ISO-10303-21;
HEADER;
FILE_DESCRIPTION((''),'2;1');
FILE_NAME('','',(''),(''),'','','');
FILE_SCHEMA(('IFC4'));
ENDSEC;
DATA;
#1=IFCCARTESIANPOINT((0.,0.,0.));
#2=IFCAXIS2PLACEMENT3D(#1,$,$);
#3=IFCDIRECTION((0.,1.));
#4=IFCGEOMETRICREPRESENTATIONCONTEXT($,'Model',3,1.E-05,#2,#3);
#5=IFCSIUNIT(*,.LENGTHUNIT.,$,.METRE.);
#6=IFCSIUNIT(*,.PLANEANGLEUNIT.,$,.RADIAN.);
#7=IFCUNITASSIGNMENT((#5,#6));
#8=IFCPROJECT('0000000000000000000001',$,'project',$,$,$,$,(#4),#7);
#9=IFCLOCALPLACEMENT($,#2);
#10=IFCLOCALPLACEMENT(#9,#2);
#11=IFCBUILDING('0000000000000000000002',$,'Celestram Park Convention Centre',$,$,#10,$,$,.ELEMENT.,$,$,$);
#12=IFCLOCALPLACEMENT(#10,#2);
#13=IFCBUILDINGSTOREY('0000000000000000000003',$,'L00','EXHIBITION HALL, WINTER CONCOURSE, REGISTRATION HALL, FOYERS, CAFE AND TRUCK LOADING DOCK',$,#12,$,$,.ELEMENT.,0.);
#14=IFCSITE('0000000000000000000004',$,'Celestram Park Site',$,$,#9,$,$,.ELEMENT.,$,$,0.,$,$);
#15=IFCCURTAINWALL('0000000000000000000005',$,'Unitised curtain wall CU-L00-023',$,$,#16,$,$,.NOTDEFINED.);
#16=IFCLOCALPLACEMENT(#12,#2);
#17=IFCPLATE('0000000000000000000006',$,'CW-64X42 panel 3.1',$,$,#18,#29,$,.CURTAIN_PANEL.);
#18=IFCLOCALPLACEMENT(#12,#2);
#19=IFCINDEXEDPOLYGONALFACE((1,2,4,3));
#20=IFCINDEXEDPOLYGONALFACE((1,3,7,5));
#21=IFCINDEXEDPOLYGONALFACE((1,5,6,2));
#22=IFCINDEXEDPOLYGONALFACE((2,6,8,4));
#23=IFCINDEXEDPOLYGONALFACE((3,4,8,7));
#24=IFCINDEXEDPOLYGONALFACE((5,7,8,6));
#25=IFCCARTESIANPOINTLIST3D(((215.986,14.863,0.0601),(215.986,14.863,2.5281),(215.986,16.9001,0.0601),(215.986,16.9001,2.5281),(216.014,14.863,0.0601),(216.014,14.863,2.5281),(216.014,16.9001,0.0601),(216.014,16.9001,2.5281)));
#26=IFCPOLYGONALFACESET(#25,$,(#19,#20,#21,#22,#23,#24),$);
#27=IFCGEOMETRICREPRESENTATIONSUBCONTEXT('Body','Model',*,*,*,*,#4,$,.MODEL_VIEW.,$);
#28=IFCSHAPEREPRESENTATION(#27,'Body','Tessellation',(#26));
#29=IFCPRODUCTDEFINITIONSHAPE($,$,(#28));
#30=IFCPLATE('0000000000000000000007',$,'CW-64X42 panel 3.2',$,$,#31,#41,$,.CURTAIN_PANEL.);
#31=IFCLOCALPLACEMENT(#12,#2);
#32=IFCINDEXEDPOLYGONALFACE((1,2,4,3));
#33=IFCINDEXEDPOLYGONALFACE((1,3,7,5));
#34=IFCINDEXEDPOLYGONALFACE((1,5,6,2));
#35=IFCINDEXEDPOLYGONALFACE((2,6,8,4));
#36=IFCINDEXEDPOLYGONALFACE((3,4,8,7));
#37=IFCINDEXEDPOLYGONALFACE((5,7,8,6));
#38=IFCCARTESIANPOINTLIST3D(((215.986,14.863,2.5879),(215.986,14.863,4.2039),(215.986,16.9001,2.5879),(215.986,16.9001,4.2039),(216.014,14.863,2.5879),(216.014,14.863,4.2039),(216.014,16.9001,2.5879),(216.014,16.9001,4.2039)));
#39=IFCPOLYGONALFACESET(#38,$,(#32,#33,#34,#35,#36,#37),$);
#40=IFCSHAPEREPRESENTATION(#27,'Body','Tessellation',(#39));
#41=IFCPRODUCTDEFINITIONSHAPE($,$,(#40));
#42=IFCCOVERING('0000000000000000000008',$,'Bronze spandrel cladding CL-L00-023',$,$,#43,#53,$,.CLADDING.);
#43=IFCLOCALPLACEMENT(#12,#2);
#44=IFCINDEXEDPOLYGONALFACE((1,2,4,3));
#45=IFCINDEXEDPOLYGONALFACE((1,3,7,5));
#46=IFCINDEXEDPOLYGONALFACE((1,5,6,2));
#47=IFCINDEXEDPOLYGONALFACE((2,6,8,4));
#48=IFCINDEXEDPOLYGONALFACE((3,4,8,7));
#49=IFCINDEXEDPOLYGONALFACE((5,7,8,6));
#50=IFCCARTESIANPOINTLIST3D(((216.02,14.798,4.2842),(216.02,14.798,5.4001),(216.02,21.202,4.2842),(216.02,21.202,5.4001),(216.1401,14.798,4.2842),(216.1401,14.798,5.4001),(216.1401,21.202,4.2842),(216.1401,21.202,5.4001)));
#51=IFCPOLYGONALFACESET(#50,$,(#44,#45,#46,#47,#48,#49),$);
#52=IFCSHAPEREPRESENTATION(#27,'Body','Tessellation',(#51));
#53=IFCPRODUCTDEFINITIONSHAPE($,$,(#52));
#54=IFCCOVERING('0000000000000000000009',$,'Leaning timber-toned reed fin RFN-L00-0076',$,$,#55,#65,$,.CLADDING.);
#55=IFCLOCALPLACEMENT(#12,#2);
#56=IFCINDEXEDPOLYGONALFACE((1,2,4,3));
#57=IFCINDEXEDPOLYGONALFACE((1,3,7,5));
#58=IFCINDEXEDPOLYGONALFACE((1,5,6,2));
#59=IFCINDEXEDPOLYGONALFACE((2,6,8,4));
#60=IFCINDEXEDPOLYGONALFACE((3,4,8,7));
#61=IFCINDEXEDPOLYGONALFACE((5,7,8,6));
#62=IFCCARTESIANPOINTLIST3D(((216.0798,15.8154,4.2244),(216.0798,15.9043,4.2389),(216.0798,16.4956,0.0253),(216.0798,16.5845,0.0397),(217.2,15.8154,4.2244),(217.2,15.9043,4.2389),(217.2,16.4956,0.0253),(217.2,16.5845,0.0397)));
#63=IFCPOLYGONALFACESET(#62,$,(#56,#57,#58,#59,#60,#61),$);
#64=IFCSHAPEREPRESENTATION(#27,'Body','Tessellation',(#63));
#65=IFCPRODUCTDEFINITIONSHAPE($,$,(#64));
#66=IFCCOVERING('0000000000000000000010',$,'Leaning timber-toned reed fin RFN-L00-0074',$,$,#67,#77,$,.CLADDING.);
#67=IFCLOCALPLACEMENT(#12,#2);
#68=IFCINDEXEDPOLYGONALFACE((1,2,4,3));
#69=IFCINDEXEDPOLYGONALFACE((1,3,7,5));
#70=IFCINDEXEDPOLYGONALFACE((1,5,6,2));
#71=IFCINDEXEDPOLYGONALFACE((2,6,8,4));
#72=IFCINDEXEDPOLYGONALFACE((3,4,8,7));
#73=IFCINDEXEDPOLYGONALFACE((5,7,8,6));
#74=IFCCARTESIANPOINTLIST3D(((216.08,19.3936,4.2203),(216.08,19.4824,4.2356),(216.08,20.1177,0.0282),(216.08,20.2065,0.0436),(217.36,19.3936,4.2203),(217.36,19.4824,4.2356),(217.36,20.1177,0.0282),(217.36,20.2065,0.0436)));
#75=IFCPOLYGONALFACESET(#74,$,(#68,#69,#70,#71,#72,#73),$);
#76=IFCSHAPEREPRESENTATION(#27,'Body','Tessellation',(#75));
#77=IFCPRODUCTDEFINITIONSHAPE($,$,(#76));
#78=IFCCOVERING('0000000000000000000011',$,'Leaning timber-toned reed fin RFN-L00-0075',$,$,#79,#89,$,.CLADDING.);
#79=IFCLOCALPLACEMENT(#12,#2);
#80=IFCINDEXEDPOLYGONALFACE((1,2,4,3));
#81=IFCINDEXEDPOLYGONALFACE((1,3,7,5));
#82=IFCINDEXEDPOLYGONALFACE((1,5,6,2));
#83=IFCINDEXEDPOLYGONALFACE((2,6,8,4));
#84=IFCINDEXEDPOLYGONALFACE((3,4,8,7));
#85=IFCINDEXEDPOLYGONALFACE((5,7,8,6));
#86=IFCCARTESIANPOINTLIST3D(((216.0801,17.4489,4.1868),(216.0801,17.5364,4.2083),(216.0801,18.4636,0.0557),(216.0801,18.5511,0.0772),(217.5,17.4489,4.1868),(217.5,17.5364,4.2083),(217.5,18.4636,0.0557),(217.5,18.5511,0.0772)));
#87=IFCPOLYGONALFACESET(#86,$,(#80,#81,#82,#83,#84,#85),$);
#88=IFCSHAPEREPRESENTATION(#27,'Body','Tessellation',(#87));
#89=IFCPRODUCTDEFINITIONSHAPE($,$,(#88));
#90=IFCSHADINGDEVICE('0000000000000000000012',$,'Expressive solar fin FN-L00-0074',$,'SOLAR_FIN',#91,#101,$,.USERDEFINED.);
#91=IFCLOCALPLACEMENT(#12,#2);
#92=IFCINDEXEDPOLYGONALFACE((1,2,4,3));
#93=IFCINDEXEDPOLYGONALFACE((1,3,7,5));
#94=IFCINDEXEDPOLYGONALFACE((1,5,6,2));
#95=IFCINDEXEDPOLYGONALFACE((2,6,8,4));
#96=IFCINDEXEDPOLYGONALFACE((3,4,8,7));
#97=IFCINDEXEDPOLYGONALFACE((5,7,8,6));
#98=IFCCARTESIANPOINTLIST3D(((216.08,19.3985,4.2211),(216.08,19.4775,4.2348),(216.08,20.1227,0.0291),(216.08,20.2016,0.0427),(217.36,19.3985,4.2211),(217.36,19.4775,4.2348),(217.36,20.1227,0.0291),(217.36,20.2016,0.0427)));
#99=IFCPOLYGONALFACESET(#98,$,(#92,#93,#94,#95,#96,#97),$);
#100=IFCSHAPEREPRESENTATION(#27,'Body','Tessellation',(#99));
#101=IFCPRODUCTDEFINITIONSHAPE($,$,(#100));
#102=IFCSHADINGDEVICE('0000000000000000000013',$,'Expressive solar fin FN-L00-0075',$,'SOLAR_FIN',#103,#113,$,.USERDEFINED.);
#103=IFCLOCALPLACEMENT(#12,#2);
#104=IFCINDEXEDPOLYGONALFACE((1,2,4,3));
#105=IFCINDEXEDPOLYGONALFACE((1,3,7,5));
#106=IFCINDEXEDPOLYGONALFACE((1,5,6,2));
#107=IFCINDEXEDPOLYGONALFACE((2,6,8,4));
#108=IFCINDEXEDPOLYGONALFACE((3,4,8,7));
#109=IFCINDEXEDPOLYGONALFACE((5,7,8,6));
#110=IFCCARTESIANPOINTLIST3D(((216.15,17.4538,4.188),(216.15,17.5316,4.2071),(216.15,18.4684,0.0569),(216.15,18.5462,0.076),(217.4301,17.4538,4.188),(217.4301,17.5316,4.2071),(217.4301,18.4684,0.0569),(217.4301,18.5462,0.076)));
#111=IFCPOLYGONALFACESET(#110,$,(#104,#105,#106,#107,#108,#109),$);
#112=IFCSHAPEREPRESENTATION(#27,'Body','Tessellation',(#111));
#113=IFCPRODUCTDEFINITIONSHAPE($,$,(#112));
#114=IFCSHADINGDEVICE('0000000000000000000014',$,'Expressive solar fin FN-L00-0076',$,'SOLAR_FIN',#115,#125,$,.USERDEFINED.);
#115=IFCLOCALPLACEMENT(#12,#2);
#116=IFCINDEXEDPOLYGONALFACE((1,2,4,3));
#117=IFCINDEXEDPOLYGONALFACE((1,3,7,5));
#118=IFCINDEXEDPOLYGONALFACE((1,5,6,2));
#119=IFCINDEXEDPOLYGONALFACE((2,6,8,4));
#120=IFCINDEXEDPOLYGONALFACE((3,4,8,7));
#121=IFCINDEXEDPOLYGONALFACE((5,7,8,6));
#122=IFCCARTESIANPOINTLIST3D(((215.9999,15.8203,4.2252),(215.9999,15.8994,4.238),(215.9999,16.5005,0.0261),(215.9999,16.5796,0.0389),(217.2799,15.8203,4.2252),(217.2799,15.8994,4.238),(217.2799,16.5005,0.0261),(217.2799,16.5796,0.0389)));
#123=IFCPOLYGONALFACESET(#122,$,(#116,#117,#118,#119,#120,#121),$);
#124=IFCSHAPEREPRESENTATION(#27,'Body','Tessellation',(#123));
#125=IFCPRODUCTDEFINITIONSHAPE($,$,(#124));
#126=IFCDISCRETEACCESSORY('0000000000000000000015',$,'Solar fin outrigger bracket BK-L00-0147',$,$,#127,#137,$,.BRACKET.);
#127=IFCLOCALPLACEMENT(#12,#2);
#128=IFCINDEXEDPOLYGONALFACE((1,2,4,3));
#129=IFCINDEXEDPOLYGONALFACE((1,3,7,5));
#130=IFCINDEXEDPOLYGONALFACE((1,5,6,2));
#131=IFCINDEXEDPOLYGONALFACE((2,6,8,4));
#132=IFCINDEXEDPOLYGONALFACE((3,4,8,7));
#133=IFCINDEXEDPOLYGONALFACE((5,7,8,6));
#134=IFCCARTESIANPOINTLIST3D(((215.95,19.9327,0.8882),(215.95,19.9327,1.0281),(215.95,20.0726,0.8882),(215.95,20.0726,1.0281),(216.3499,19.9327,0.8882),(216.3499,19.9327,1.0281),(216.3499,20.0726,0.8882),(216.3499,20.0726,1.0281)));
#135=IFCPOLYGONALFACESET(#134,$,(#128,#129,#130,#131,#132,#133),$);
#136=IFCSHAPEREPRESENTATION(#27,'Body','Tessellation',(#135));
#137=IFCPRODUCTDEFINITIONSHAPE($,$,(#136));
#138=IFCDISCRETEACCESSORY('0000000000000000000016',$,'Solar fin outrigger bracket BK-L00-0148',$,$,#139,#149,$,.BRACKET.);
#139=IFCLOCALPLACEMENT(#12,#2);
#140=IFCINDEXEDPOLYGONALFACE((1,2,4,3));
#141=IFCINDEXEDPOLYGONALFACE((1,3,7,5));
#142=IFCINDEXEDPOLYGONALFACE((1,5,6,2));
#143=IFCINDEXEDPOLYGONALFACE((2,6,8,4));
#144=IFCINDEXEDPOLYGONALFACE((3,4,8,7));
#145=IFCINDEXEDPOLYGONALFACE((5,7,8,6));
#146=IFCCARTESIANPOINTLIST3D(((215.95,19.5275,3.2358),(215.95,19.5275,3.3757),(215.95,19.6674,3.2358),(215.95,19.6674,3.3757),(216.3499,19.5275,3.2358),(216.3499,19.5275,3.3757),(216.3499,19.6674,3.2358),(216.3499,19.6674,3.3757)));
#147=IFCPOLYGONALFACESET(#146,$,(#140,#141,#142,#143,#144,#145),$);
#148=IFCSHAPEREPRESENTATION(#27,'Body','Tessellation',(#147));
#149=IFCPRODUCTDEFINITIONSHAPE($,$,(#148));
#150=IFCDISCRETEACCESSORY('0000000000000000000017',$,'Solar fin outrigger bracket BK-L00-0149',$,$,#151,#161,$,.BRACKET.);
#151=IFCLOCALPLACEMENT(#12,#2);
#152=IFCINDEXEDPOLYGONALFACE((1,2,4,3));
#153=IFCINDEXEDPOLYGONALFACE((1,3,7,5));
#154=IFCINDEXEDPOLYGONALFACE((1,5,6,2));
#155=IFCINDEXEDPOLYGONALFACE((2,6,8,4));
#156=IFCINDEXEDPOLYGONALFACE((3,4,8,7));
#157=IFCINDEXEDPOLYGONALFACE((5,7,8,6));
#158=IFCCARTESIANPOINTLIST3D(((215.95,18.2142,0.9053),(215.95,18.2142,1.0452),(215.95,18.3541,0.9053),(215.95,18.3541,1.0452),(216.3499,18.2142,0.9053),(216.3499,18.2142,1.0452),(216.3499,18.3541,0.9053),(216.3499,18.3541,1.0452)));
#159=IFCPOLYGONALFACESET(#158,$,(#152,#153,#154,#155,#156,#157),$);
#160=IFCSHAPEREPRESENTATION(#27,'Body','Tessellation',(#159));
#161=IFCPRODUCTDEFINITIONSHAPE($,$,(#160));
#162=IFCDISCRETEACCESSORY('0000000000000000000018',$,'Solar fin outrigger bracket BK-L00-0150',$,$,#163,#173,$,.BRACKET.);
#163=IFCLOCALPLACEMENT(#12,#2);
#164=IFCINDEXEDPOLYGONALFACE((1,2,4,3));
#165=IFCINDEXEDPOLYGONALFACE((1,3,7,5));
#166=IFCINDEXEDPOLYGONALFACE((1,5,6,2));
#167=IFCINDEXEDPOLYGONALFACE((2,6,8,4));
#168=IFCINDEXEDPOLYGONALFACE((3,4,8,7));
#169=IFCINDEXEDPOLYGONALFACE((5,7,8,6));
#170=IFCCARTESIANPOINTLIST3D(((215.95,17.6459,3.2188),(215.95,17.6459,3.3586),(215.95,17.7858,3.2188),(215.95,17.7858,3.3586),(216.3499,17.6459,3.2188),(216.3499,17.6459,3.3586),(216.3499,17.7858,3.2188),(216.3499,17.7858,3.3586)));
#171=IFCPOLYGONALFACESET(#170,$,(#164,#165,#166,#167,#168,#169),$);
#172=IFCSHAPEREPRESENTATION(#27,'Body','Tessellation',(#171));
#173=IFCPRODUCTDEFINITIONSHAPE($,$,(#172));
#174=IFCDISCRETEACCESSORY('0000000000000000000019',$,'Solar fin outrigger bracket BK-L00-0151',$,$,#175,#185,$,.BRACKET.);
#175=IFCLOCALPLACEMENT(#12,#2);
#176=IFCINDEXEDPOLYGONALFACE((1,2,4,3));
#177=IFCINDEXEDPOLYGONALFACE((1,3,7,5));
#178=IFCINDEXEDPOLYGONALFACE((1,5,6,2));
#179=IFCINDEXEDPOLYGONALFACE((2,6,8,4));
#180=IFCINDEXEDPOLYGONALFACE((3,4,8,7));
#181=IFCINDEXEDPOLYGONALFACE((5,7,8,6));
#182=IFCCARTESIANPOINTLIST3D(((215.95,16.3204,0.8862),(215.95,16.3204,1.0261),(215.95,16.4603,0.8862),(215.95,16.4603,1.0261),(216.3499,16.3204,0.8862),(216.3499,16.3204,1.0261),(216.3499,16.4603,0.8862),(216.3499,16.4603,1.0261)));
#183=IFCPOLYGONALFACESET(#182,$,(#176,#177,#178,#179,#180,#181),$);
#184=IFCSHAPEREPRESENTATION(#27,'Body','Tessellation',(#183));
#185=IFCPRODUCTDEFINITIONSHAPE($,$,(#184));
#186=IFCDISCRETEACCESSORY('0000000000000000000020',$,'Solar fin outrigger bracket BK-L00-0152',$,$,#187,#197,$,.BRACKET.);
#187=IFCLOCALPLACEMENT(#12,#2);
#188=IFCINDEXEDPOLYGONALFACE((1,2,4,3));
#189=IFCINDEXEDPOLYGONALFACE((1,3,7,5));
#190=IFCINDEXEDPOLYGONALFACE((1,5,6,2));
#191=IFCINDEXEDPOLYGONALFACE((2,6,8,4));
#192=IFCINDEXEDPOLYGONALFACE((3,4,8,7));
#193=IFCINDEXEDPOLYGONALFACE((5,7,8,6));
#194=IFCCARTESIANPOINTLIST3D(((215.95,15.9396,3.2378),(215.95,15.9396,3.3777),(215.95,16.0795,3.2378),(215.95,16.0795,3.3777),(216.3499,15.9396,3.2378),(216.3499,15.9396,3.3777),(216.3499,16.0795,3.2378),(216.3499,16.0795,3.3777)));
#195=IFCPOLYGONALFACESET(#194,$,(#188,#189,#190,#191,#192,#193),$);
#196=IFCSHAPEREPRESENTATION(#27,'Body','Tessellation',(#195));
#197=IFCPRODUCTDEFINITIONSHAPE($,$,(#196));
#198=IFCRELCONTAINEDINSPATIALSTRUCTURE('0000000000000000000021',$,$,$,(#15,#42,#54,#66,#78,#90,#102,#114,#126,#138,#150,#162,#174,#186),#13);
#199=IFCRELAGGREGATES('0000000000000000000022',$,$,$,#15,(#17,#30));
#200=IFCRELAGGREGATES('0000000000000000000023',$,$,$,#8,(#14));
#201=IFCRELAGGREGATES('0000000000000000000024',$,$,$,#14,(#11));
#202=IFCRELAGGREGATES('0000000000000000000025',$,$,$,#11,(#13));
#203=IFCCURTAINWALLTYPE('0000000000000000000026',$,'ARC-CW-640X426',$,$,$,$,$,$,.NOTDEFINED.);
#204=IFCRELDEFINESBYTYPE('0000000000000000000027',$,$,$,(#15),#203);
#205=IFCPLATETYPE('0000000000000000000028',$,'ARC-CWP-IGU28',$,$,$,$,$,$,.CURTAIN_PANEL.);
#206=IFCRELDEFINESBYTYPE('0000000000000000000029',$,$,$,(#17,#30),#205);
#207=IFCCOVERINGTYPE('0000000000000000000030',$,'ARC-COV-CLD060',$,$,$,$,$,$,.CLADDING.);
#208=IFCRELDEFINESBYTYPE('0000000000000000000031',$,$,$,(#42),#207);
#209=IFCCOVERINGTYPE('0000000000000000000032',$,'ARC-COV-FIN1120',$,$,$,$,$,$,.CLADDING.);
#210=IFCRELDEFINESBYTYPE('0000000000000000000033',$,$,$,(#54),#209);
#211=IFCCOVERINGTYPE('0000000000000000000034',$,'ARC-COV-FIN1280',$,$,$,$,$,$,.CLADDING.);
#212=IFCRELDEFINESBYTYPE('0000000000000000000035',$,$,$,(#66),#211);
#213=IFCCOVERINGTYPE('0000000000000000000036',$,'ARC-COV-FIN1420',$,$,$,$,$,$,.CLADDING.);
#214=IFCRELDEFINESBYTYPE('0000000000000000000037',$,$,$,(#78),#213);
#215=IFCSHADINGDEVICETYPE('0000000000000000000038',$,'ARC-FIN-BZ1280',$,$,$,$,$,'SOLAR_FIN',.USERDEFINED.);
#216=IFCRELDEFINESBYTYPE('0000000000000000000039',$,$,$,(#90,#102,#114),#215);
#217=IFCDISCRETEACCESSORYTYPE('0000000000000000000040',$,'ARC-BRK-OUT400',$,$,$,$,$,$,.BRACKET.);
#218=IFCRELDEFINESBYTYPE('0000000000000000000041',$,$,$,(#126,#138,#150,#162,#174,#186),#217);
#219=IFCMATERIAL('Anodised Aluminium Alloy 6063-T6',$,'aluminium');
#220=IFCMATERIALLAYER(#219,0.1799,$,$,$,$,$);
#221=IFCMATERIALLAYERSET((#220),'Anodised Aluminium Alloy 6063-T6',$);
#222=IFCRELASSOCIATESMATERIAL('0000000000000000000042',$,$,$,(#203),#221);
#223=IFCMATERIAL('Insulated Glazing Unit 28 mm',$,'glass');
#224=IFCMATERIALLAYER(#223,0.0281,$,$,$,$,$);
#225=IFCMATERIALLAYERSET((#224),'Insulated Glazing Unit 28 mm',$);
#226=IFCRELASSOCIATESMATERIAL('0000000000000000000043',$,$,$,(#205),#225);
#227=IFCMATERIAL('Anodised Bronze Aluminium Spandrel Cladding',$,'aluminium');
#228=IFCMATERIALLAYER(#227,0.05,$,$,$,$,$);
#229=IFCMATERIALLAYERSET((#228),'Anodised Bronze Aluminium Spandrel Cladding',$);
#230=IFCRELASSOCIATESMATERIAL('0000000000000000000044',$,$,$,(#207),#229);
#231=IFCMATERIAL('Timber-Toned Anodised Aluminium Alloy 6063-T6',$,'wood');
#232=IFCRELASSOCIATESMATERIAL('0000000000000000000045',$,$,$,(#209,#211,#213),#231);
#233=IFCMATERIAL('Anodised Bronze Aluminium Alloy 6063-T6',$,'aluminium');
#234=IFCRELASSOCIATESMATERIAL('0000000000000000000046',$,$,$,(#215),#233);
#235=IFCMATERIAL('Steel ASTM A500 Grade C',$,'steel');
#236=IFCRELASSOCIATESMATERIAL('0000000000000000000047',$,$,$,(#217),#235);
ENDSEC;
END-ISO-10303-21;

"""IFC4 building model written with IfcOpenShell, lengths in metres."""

from ifc_helpers import new_model, si_unit, direction, frame, origin, origin_2d, place, context, subcontext, project, spatial, rectangle, extrude, material, layer, layer_set, material_profile, profile_set, type_object, element, aggregate, save


model = new_model("IFC4")

# Units and contexts
model_context = context("Model", 3, precision=1e-05, world=origin(), true_north=direction((0.0, 1.0)))
body_context = subcontext(model_context, "Body", "Model", "MODEL_VIEW")
ifc_project = project(units=[si_unit("LENGTHUNIT", "METRE"), si_unit("PLANEANGLEUNIT", "RADIAN")], contexts=[model_context])

# Site, building, storey
site_placement = place(None, origin())
site = spatial("IfcSite", under=ifc_project, at=site_placement, Name="Celestram Park Site", CompositionType="ELEMENT", RefElevation=0.0)
building_placement = place(site_placement, origin())
building = spatial("IfcBuilding", under=site, at=building_placement, Name="Celestram Park Convention Centre", CompositionType="ELEMENT")
storey_placement = place(building_placement, origin())
storey = spatial("IfcBuildingStorey", under=building, at=storey_placement, Name="L00", Description="EXHIBITION HALL, WINTER CONCOURSE, REGISTRATION HALL, FOYERS, CAFE AND TRUCK LOADING DOCK", CompositionType="ELEMENT", Elevation=0.0)

# Curtain wall, plates
ifc_material_1 = material(Name="Anodised Aluminium Alloy 6063-T6", Category="aluminium")
ifc_layer_1 = layer(ifc_material_1, 0.1799)
ifc_layer_set_1 = layer_set([ifc_layer_1], Name="Anodised Aluminium Alloy 6063-T6")
curtain_wall_type = type_object("IfcCurtainWallType", Name="ARC-CW-640X426", PredefinedType="NOTDEFINED", material=ifc_layer_set_1)
curtain_wall_placement = place(storey_placement, origin())
curtain_wall = element("IfcCurtainWall", 1, at=curtain_wall_placement, inside=storey, type_object=curtain_wall_type, Name="Unitised curtain wall CU-L00-023", PredefinedType="NOTDEFINED")
ifc_material_2 = material(Name="Insulated Glazing Unit 28 mm", Category="glass")
ifc_layer_2 = layer(ifc_material_2, 0.0281)
ifc_layer_set_2 = layer_set([ifc_layer_2], Name="Insulated Glazing Unit 28 mm")
plate_type = type_object("IfcPlateType", Name="ARC-CWP-IGU28", PredefinedType="CURTAIN_PANEL", material=ifc_layer_set_2)
plate_1_placement = place(storey_placement, frame((216.0, 15.8816, 0.0601), z_axis=(0.0, 0.0, 1.0), x_axis=(0.0, -1.0, 0.0)))
plate_1 = element("IfcPlate", 2, at=plate_1_placement, type_object=plate_type, Name="CW-64X42 panel 3.1", PredefinedType="CURTAIN_PANEL", context=body_context, shape_type="SweptSolid", body=[
    extrude(rectangle(XDim=2.0371, YDim=0.0281, at=origin_2d()), origin(), (0.0, 0.0, 1.0), 2.468),
])
plate_2_placement = place(storey_placement, frame((216.0, 15.8816, 2.5879), z_axis=(0.0, 0.0, 1.0), x_axis=(0.0, -1.0, 0.0)))
plate_2 = element("IfcPlate", 3, at=plate_2_placement, type_object=plate_type, Name="CW-64X42 panel 3.2", PredefinedType="CURTAIN_PANEL", context=body_context, shape_type="SweptSolid", body=[
    extrude(rectangle(XDim=2.0371, YDim=0.0281, at=origin_2d()), origin(), (0.0, 0.0, 1.0), 1.616),
])
aggregate(curtain_wall, [plate_1, plate_2])

# Coverings
ifc_material_3 = material(Name="Anodised Bronze Aluminium Spandrel Cladding", Category="aluminium")
ifc_layer_3 = layer(ifc_material_3, 0.05)
ifc_layer_set_3 = layer_set([ifc_layer_3], Name="Anodised Bronze Aluminium Spandrel Cladding")
covering_type_1 = type_object("IfcCoveringType", Name="ARC-COV-CLD060", PredefinedType="CLADDING", material=ifc_layer_set_3)
covering_1_placement = place(storey_placement, frame((216.0801, 18.0, 4.2842), z_axis=(0.0, 0.0, 1.0), x_axis=(0.0, -1.0, 0.0)))
element("IfcCovering", 4, at=covering_1_placement, inside=storey, type_object=covering_type_1, Name="Bronze spandrel cladding CL-L00-023", PredefinedType="CLADDING", context=body_context, shape_type="SweptSolid", body=[
    extrude(rectangle(XDim=6.4041, YDim=0.1201, at=origin_2d()), origin(), (0.0, 0.0, 1.0), 1.116),
])
ifc_material_4 = material(Name="Timber-Toned Anodised Aluminium Alloy 6063-T6", Category="wood")
ifc_material_profile_1 = material_profile(ifc_material_4, rectangle(XDim=1.1201, YDim=0.0901, at=origin_2d()), Name="REED1120X90")
ifc_profile_set_1 = profile_set([ifc_material_profile_1], Name="Timber-Toned Anodised Aluminium Alloy 6063-T6")
covering_type_2 = type_object("IfcCoveringType", Name="ARC-COV-FIN1120", PredefinedType="CLADDING", material=ifc_profile_set_1)
covering_2_placement = place(storey_placement, frame((216.6399, 16.54, 0.0325), z_axis=(0.0, -0.159893, 0.987134), x_axis=(1.0, 0.0, 0.0)))
element("IfcCovering", 5, at=covering_2_placement, inside=storey, type_object=covering_type_2, Name="Leaning timber-toned reed fin RFN-L00-0076", PredefinedType="CLADDING", context=body_context, shape_type="SweptSolid", body=[
    extrude(rectangle(XDim=1.1201, YDim=0.0901, at=origin_2d()), origin(), (0.0, 0.0, 1.0), 4.2539),
])
ifc_material_profile_2 = material_profile(ifc_material_4, rectangle(XDim=1.28, YDim=0.0901, at=origin_2d()), Name="REED1280X90")
ifc_profile_set_2 = profile_set([ifc_material_profile_2], Name="Timber-Toned Anodised Aluminium Alloy 6063-T6")
covering_type_3 = type_object("IfcCoveringType", Name="ARC-COV-FIN1280", PredefinedType="CLADDING", material=ifc_profile_set_2)
covering_3_placement = place(storey_placement, frame((216.72, 20.1621, 0.0359), z_axis=(0.0, -0.170212, 0.985407), x_axis=(1.0, 0.0, 0.0)))
element("IfcCovering", 6, at=covering_3_placement, inside=storey, type_object=covering_type_3, Name="Leaning timber-toned reed fin RFN-L00-0074", PredefinedType="CLADDING", context=body_context, shape_type="SweptSolid", body=[
    extrude(rectangle(XDim=1.28, YDim=0.0901, at=origin_2d()), origin(), (0.0, 0.0, 1.0), 4.2542),
])
ifc_material_profile_3 = material_profile(ifc_material_4, rectangle(XDim=1.4199, YDim=0.0901, at=origin_2d()), Name="REED1420X90")
ifc_profile_set_3 = profile_set([ifc_material_profile_3], Name="Timber-Toned Anodised Aluminium Alloy 6063-T6")
covering_type_4 = type_object("IfcCoveringType", Name="ARC-COV-FIN1420", PredefinedType="CLADDING", material=ifc_profile_set_3)
covering_4_placement = place(storey_placement, frame((216.79, 18.5073, 0.0664), z_axis=(0.0, -0.238523, 0.971137), x_axis=(1.0, 0.0, 0.0)))
element("IfcCovering", 7, at=covering_4_placement, inside=storey, type_object=covering_type_4, Name="Leaning timber-toned reed fin RFN-L00-0075", PredefinedType="CLADDING", context=body_context, shape_type="SweptSolid", body=[
    extrude(rectangle(XDim=1.4199, YDim=0.0901, at=origin_2d()), origin(), (0.0, 0.0, 1.0), 4.2539),
])

# Shading devices
ifc_material_5 = material(Name="Anodised Bronze Aluminium Alloy 6063-T6", Category="aluminium")
ifc_material_profile_4 = material_profile(ifc_material_5, rectangle(XDim=1.28, YDim=0.0801, at=origin_2d()), Name="FIN1280X80")
ifc_profile_set_4 = profile_set([ifc_material_profile_4], Name="Anodised Bronze Aluminium Alloy 6063-T6")
shading_device_type = type_object("IfcShadingDeviceType", Name="ARC-FIN-BZ1280", ElementType="SOLAR_FIN", PredefinedType="USERDEFINED", material=ifc_profile_set_4)
shading_device_placement = place(storey_placement, frame((216.72, 20.1621, 0.0359), z_axis=(0.0, -0.170212, 0.985407), x_axis=(1.0, 0.0, 0.0)))
element("IfcShadingDevice", 8, at=shading_device_placement, inside=storey, type_object=shading_device_type, Name="Expressive solar fin FN-L00-0074", ObjectType="SOLAR_FIN", PredefinedType="USERDEFINED", context=body_context, shape_type="SweptSolid", body=[
    extrude(rectangle(XDim=1.28, YDim=0.0801, at=origin_2d()), origin(), (0.0, 0.0, 1.0), 4.2542),
])
for number, where, z_axis, x_axis, name in (
    (9, (216.79, 18.5073, 0.0664), (0.0, -0.238523, 0.971137), (1.0, 0.0, 0.0), "Expressive solar fin FN-L00-0075"),
    (10, (216.6399, 16.54, 0.0325), (0.0, -0.159893, 0.987134), (1.0, 0.0, 0.0), "Expressive solar fin FN-L00-0076"),
):
    element("IfcShadingDevice", number, at=place(storey_placement, frame(where, z_axis=z_axis, x_axis=x_axis)), inside=storey, type_object=shading_device_type, Name=name, ObjectType="SOLAR_FIN", PredefinedType="USERDEFINED", context=body_context, shape_type="SweptSolid", body=[
        extrude(rectangle(XDim=1.28, YDim=0.0801, at=origin_2d()), origin(), (0.0, 0.0, 1.0), 4.2539),
    ])

# Discrete accessories
ifc_material_6 = material(Name="Steel ASTM A500 Grade C", Category="steel")
discrete_accessory_type = type_object("IfcDiscreteAccessoryType", Name="ARC-BRK-OUT400", PredefinedType="BRACKET", material=ifc_material_6)
for number, where, z_axis, x_axis, name in (
    (11, (216.1499, 20.0027, 0.8882), (0.0, 0.0, 1.0), (1.0, 0.0, 0.0), "Solar fin outrigger bracket BK-L00-0147"),
    (12, (216.1499, 19.5974, 3.2358), (0.0, 0.0, 1.0), (1.0, 0.0, 0.0), "Solar fin outrigger bracket BK-L00-0148"),
    (13, (216.1499, 18.2842, 0.9053), (0.0, 0.0, 1.0), (1.0, 0.0, 0.0), "Solar fin outrigger bracket BK-L00-0149"),
    (14, (216.1499, 17.7158, 3.2188), (0.0, 0.0, 1.0), (1.0, 0.0, 0.0), "Solar fin outrigger bracket BK-L00-0150"),
    (15, (216.1499, 16.3904, 0.8862), (0.0, 0.0, 1.0), (1.0, 0.0, 0.0), "Solar fin outrigger bracket BK-L00-0151"),
    (16, (216.1499, 16.0095, 3.2378), (0.0, 0.0, 1.0), (1.0, 0.0, 0.0), "Solar fin outrigger bracket BK-L00-0152"),
):
    element("IfcDiscreteAccessory", number, at=place(storey_placement, frame(where, z_axis=z_axis, x_axis=x_axis)), inside=storey, type_object=discrete_accessory_type, Name=name, PredefinedType="BRACKET", context=body_context, shape_type="SweptSolid", body=[
        extrude(rectangle(XDim=0.3999, YDim=0.1399, at=origin_2d()), origin(), (0.0, 0.0, 1.0), 0.1399),
    ])

save(model, "model.ifc")
